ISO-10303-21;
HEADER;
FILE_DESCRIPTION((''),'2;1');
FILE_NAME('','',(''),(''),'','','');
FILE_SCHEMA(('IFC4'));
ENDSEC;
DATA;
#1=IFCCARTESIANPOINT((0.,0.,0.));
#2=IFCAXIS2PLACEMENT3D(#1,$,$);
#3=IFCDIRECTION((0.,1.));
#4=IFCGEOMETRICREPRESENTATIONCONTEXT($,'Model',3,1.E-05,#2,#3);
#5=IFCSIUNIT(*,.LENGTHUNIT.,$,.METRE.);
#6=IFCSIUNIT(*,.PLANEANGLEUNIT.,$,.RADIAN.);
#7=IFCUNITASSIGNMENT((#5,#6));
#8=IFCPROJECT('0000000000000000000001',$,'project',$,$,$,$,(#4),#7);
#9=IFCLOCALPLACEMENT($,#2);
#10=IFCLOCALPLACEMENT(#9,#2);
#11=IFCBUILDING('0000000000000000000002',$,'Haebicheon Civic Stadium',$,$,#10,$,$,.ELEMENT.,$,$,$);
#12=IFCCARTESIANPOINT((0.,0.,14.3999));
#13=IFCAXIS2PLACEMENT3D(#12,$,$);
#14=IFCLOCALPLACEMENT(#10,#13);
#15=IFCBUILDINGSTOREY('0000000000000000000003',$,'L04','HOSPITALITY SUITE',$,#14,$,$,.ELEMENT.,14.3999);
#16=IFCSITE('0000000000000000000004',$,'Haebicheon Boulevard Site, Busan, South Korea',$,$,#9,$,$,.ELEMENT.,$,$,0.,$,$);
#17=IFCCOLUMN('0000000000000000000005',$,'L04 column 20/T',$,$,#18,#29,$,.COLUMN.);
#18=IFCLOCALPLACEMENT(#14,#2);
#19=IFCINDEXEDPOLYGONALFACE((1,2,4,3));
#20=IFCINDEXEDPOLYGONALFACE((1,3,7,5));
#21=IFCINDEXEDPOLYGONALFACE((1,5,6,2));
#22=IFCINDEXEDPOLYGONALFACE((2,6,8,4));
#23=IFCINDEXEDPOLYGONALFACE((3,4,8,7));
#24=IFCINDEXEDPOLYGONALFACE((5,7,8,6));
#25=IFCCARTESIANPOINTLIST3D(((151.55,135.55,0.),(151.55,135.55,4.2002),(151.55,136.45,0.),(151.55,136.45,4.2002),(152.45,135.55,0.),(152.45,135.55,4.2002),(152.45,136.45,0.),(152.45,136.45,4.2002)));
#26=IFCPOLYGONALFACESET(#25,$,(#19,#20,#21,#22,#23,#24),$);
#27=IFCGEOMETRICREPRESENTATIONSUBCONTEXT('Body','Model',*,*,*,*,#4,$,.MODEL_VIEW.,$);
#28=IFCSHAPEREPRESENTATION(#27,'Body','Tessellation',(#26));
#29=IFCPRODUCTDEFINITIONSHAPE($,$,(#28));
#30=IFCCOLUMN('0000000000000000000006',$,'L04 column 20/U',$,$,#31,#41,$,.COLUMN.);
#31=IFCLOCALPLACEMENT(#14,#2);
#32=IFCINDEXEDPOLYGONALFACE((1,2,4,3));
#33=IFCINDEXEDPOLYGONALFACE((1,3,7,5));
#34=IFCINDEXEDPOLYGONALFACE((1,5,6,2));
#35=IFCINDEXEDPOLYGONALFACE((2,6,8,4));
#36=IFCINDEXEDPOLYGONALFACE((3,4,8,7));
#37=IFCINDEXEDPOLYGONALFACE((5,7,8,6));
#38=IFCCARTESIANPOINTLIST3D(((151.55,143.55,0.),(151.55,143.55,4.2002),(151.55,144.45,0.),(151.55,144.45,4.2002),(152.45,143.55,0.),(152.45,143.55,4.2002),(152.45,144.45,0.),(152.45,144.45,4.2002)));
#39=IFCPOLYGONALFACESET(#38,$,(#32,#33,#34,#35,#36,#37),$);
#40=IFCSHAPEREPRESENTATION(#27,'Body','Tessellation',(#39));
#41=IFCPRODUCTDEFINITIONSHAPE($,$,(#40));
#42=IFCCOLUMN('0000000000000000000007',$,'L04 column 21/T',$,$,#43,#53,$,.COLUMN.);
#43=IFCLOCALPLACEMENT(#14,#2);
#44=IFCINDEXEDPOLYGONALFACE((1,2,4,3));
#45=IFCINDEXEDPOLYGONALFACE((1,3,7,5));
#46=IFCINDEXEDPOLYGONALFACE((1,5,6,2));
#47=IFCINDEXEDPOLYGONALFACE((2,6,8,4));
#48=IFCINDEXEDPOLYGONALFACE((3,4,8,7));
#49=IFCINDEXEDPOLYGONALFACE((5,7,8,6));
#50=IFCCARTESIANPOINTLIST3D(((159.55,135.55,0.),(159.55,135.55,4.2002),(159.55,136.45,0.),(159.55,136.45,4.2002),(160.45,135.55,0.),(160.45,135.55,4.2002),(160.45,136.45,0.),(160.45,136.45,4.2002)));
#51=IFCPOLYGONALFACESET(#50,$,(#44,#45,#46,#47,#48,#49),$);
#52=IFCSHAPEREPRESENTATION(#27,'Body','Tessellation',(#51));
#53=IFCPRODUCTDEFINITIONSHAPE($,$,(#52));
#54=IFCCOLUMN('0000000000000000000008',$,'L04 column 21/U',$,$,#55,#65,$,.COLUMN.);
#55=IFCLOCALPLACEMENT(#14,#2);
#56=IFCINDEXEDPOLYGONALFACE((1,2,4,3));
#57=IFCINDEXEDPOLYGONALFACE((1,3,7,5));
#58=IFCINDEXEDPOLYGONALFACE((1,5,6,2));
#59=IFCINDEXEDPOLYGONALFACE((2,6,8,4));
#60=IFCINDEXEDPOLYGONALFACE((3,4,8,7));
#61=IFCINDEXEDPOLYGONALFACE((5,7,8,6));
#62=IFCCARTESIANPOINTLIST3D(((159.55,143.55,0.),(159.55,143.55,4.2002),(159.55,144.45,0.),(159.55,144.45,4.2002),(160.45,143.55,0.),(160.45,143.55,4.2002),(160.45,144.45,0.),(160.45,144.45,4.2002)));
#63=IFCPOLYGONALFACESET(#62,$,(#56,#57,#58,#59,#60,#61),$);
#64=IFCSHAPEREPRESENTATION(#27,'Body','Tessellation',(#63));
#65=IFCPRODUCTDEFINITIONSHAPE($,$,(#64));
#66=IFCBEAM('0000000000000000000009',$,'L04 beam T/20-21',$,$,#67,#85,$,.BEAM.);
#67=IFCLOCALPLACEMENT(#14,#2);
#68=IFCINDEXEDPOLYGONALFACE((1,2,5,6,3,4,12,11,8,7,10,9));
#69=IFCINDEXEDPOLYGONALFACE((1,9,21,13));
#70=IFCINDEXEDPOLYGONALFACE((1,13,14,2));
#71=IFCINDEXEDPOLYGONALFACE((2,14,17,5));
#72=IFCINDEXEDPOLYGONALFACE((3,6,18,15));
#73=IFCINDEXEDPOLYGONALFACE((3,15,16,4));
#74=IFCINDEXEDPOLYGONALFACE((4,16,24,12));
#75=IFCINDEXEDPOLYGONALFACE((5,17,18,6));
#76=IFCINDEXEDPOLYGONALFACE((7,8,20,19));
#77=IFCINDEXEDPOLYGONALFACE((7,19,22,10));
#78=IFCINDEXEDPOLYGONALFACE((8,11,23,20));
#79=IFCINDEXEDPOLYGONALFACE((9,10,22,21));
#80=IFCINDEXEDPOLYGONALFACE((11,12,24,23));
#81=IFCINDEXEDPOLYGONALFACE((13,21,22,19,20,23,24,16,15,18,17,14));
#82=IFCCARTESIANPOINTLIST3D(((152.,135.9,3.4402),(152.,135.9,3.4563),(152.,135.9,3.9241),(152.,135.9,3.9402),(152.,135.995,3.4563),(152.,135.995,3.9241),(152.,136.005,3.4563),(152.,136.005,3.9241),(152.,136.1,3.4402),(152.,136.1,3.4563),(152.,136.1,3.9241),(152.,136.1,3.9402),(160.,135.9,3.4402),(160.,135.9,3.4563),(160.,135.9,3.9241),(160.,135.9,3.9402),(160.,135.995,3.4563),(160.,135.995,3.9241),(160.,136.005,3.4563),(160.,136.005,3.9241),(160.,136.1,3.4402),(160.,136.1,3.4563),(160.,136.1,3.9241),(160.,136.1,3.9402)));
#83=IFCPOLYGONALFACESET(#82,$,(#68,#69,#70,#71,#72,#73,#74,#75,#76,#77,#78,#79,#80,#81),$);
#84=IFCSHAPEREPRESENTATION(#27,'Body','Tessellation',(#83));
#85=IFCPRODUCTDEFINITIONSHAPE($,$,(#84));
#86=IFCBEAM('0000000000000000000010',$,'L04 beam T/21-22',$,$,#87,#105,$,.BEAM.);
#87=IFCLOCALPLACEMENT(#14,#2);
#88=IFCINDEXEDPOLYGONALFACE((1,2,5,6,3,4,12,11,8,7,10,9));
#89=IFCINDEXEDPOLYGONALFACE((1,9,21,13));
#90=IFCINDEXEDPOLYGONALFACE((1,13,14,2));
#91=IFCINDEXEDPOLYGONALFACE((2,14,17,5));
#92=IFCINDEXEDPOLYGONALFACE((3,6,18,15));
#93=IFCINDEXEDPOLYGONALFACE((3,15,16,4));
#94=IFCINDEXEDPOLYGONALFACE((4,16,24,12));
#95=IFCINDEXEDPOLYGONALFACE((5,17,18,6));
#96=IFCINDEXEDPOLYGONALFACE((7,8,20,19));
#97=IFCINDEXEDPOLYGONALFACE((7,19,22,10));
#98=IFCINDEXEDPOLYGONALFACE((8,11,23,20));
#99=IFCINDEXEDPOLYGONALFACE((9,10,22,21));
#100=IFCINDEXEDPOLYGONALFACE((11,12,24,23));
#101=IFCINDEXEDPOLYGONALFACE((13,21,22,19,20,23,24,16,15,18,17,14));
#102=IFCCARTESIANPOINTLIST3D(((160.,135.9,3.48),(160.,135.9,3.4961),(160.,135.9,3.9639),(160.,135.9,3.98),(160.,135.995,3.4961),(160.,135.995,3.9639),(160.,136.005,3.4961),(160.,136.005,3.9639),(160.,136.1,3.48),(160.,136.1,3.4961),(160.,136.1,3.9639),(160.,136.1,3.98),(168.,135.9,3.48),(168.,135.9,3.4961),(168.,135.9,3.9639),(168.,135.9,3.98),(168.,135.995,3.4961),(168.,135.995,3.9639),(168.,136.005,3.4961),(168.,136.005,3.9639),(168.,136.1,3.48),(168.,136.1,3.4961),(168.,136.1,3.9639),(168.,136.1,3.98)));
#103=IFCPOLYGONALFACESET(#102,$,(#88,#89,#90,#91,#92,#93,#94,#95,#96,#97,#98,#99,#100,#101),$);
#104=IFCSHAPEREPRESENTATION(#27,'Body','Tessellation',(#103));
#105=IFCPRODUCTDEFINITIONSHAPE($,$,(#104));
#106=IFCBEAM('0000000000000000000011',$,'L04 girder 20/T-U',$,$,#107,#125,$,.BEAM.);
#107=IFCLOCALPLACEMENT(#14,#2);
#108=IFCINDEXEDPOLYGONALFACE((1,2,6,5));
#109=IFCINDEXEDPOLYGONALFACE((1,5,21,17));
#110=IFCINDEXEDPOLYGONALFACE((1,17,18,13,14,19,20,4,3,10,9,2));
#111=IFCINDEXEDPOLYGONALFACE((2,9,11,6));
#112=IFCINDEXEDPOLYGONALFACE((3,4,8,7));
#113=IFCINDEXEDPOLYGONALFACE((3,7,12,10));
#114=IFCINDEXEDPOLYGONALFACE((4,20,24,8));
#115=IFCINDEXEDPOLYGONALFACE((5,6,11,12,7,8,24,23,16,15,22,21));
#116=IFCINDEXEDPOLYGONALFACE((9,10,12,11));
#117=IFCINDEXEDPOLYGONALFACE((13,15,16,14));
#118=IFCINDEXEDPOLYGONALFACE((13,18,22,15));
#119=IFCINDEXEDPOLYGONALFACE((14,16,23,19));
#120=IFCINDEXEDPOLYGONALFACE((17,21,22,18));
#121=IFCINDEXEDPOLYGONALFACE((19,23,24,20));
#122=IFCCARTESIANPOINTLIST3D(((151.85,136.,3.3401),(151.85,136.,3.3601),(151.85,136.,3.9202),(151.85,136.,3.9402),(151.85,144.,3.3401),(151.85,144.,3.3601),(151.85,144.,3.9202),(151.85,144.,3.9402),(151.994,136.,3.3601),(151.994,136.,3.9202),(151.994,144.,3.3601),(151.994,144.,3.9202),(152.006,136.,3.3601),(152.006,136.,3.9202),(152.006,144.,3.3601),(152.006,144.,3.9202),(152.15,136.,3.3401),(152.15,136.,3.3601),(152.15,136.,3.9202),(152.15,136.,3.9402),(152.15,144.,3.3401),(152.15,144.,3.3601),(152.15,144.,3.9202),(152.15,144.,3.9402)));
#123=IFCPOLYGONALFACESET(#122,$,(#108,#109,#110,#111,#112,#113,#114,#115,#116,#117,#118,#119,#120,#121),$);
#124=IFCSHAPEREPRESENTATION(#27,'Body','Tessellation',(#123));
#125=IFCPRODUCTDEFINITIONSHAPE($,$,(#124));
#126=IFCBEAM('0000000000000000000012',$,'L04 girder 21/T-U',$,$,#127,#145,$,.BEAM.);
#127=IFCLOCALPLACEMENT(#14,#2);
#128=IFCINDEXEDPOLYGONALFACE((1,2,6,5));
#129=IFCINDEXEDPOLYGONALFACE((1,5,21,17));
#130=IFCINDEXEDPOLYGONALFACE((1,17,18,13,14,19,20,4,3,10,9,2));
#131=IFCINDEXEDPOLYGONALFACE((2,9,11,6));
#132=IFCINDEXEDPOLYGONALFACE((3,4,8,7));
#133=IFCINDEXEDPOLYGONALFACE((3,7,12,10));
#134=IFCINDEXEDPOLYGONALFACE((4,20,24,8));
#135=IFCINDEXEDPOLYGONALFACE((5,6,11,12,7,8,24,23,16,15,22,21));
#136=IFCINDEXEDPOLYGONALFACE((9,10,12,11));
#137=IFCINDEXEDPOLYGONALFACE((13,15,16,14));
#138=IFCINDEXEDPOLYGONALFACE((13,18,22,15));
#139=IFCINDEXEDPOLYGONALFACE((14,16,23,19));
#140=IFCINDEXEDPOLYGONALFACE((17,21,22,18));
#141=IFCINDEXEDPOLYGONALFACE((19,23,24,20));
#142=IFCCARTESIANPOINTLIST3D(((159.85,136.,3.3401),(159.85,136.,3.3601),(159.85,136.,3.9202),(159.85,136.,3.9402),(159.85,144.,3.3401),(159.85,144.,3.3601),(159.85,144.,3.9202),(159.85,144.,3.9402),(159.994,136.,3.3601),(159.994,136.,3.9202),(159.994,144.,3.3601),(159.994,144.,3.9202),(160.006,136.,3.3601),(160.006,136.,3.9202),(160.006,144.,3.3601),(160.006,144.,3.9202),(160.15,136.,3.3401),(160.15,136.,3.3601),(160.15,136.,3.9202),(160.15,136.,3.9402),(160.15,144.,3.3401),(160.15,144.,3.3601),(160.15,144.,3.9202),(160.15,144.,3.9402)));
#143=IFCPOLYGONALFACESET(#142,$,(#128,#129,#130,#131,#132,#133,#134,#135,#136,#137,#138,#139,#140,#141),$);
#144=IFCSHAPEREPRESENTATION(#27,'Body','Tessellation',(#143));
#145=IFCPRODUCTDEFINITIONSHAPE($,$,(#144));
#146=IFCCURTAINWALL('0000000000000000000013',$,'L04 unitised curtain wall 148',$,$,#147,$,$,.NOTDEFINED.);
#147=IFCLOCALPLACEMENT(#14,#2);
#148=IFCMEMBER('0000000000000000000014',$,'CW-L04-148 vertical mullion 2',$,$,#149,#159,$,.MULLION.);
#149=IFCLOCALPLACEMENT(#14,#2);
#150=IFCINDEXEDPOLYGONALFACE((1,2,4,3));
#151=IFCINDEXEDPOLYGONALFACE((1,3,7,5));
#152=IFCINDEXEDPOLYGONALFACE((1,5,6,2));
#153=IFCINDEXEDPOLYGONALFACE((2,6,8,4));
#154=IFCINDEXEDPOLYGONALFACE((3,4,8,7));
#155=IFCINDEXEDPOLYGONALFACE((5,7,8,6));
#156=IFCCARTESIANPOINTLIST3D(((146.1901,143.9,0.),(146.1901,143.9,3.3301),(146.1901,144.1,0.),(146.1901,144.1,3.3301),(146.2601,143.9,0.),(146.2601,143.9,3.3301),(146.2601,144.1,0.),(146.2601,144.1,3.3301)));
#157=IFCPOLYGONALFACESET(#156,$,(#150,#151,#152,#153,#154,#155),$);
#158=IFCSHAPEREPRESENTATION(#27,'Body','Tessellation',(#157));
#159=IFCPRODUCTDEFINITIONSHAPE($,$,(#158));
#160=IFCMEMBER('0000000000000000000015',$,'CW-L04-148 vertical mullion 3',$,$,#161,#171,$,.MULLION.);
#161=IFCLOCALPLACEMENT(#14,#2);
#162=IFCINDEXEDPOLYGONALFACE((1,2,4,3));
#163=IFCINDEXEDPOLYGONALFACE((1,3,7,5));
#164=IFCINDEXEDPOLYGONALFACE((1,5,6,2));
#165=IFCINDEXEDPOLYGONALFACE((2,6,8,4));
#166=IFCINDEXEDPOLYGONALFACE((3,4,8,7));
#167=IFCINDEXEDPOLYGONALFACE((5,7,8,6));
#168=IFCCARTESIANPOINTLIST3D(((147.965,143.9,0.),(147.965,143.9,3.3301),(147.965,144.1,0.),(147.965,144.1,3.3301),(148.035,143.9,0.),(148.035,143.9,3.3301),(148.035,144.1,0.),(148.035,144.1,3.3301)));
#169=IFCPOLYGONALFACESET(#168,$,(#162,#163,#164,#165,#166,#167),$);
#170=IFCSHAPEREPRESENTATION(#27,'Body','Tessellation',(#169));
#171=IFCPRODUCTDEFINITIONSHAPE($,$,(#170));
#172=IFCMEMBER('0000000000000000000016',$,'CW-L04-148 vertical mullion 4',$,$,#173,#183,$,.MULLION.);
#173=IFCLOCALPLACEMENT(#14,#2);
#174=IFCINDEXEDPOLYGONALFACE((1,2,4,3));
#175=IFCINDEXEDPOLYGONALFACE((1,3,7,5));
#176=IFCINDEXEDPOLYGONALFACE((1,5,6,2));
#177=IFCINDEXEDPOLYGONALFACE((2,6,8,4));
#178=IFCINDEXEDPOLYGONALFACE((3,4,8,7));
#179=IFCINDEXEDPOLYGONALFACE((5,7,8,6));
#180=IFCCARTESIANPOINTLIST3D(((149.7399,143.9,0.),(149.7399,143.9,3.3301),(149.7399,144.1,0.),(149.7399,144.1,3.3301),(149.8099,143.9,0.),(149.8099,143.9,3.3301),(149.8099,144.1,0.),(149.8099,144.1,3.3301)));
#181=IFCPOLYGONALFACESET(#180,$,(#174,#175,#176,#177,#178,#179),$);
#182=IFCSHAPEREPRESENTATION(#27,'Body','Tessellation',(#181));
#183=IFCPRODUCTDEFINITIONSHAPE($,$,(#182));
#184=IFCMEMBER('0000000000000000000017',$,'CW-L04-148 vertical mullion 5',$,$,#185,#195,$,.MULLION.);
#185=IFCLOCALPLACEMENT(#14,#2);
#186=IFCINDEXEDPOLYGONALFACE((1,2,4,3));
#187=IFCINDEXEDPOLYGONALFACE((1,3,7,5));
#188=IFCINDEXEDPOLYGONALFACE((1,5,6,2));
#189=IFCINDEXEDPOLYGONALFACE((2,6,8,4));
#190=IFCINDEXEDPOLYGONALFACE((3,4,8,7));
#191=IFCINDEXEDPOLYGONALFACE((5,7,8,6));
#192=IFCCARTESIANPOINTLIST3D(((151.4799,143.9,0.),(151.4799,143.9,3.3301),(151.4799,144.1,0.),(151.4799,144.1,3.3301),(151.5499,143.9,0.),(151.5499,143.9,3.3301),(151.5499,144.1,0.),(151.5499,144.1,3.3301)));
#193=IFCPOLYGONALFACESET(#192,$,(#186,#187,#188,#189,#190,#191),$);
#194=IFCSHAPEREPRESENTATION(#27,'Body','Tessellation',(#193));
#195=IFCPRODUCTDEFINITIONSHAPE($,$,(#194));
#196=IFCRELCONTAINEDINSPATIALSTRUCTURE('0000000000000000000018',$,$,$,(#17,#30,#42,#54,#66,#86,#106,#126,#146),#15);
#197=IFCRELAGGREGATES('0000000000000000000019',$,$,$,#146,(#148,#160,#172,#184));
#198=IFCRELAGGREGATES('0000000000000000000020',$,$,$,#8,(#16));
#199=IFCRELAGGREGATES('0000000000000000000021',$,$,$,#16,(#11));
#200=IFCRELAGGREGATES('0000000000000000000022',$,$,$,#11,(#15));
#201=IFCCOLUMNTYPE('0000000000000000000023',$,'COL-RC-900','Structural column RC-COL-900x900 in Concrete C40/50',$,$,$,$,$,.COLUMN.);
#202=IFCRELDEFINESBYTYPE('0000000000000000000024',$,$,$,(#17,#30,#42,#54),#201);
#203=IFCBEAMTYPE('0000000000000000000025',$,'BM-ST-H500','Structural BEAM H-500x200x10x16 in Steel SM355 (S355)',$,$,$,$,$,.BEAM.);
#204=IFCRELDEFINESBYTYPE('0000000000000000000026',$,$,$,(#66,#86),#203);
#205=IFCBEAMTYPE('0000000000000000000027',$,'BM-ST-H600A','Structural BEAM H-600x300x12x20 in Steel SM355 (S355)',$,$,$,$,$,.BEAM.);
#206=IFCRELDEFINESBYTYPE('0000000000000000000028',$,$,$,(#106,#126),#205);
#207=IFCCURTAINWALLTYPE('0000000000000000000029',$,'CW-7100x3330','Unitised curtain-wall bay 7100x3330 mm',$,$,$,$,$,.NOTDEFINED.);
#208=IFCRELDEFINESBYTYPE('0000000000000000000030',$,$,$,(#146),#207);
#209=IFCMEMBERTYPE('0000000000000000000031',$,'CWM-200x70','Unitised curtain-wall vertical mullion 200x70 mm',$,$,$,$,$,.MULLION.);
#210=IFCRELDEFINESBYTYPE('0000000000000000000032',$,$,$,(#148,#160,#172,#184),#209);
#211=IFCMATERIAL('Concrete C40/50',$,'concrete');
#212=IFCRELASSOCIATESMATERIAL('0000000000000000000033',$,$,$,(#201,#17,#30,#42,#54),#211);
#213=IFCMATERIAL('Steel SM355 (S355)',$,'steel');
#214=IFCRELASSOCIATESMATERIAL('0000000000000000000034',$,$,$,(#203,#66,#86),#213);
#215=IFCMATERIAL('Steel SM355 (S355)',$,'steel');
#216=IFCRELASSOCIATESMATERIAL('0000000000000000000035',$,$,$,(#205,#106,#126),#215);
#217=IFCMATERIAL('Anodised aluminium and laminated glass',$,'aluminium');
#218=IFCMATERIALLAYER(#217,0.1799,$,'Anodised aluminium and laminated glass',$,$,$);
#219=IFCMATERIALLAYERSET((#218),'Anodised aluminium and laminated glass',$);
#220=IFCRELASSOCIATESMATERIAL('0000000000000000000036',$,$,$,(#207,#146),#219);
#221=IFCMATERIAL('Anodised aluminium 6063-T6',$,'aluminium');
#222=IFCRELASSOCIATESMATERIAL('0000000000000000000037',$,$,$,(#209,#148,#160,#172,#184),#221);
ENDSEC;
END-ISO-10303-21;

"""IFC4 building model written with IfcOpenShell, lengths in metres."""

from ifc_helpers import new_model, si_unit, direction, frame, origin, origin_2d, place, context, subcontext, project, spatial, rectangle, i_section, extrude, material, layer, layer_set, material_profile, profile_set, type_object, element, aggregate, save


model = new_model("IFC4")

# Units and contexts
model_context = context("Model", 3, precision=1e-05, world=origin(), true_north=direction((0.0, 1.0)))
body_context = subcontext(model_context, "Body", "Model", "MODEL_VIEW")
ifc_project = project(units=[si_unit("LENGTHUNIT", "METRE"), si_unit("PLANEANGLEUNIT", "RADIAN")], contexts=[model_context])

# Site, building, storey
site_placement = place(None, origin())
site = spatial("IfcSite", under=ifc_project, at=site_placement, Name="Haebicheon Boulevard Site, Busan, South Korea", CompositionType="ELEMENT", RefElevation=0.0)
building_placement = place(site_placement, origin())
building = spatial("IfcBuilding", under=site, at=building_placement, Name="Haebicheon Civic Stadium", CompositionType="ELEMENT")
storey_placement = place(building_placement, frame((0.0, 0.0, 14.3999)))
storey = spatial("IfcBuildingStorey", under=building, at=storey_placement, Name="L04", Description="HOSPITALITY SUITE", CompositionType="ELEMENT", Elevation=14.3999)

# Columns
ifc_material_1 = material(Name="Concrete C40/50", Category="concrete")
ifc_material_profile_1 = material_profile(ifc_material_1, rectangle(XDim=0.8999, YDim=0.8999, at=origin_2d()), Name="RC-COL-900x900")
ifc_profile_set_1 = profile_set([ifc_material_profile_1], Name="Concrete C40/50")
column_type = type_object("IfcColumnType", Name="COL-RC-900", Description="Structural column RC-COL-900x900 in Concrete C40/50", PredefinedType="COLUMN", material=ifc_profile_set_1)
for number, where, z_axis, x_axis, name in (
    (1, (152.0, 136.0, 0.0), (0.0, 0.0, 1.0), (1.0, 0.0, 0.0), "L04 column 20/T"),
    (2, (152.0, 144.0, 0.0), (0.0, 0.0, 1.0), (1.0, 0.0, 0.0), "L04 column 20/U"),
    (3, (160.0, 136.0, 0.0), (0.0, 0.0, 1.0), (1.0, 0.0, 0.0), "L04 column 21/T"),
    (4, (160.0, 144.0, 0.0), (0.0, 0.0, 1.0), (1.0, 0.0, 0.0), "L04 column 21/U"),
):
    element("IfcColumn", number, at=place(storey_placement, frame(where, z_axis=z_axis, x_axis=x_axis)), inside=storey, type_object=column_type, material=ifc_profile_set_1, Name=name, PredefinedType="COLUMN", context=body_context, shape_type="SweptSolid", body=[
        extrude(rectangle(XDim=0.8999, YDim=0.8999, at=origin_2d()), origin(), (0.0, 0.0, 1.0), 4.2002),
    ])

# Beams
ifc_material_2 = material(Name="Steel SM355 (S355)", Category="steel")
ifc_material_profile_2 = material_profile(ifc_material_2, i_section(OverallWidth=0.2, OverallDepth=0.5, WebThickness=0.01, FlangeThickness=0.0161, at=origin_2d()), Name="H-500x200x10x16")
ifc_profile_set_2 = profile_set([ifc_material_profile_2], Name="Steel SM355 (S355)")
beam_type_1 = type_object("IfcBeamType", Name="BM-ST-H500", Description="Structural BEAM H-500x200x10x16 in Steel SM355 (S355)", PredefinedType="BEAM", material=ifc_profile_set_2)
for number, where, z_axis, x_axis, name in (
    (5, (152.0, 136.0, 3.6902), (1.0, 0.0, 0.0), (0.0, 1.0, 0.0), "L04 beam T/20-21"),
    (6, (160.0, 136.0, 3.73), (1.0, 0.0, 0.0), (0.0, 1.0, 0.0), "L04 beam T/21-22"),
):
    element("IfcBeam", number, at=place(storey_placement, frame(where, z_axis=z_axis, x_axis=x_axis)), inside=storey, type_object=beam_type_1, material=ifc_profile_set_2, Name=name, PredefinedType="BEAM", context=body_context, shape_type="SweptSolid", body=[
        extrude(i_section(OverallWidth=0.2, OverallDepth=0.5, WebThickness=0.01, FlangeThickness=0.0161, at=origin_2d()), origin(), (0.0, 0.0, 1.0), 8.0),
    ])
ifc_material_3 = material(Name="Steel SM355 (S355)", Category="steel")
ifc_material_profile_3 = material_profile(ifc_material_3, i_section(OverallWidth=0.3, OverallDepth=0.6001, WebThickness=0.012, FlangeThickness=0.02, at=origin_2d()), Name="H-600x300x12x20")
ifc_profile_set_3 = profile_set([ifc_material_profile_3], Name="Steel SM355 (S355)")
beam_type_2 = type_object("IfcBeamType", Name="BM-ST-H600A", Description="Structural BEAM H-600x300x12x20 in Steel SM355 (S355)", PredefinedType="BEAM", material=ifc_profile_set_3)
for number, where, z_axis, x_axis, name in (
    (7, (152.0, 136.0, 3.6401), (0.0, 1.0, 0.0), (-1.0, 0.0, 0.0), "L04 girder 20/T-U"),
    (8, (160.0, 136.0, 3.6401), (0.0, 1.0, 0.0), (-1.0, 0.0, 0.0), "L04 girder 21/T-U"),
):
    element("IfcBeam", number, at=place(storey_placement, frame(where, z_axis=z_axis, x_axis=x_axis)), inside=storey, type_object=beam_type_2, material=ifc_profile_set_3, Name=name, PredefinedType="BEAM", context=body_context, shape_type="SweptSolid", body=[
        extrude(i_section(OverallWidth=0.3, OverallDepth=0.6001, WebThickness=0.012, FlangeThickness=0.02, at=origin_2d()), origin(), (0.0, 0.0, 1.0), 8.0),
    ])

# Curtain wall, members
ifc_material_4 = material(Name="Anodised aluminium and laminated glass", Category="aluminium")
ifc_layer_1 = layer(ifc_material_4, 0.1799, Name="Anodised aluminium and laminated glass")
ifc_layer_set_1 = layer_set([ifc_layer_1], Name="Anodised aluminium and laminated glass")
curtain_wall_type = type_object("IfcCurtainWallType", Name="CW-7100x3330", Description="Unitised curtain-wall bay 7100x3330 mm", PredefinedType="NOTDEFINED", material=ifc_layer_set_1)
curtain_wall_placement = place(storey_placement, origin())
curtain_wall = element("IfcCurtainWall", 9, at=curtain_wall_placement, inside=storey, type_object=curtain_wall_type, material=ifc_layer_set_1, Name="L04 unitised curtain wall 148", PredefinedType="NOTDEFINED")
ifc_material_5 = material(Name="Anodised aluminium 6063-T6", Category="aluminium")
ifc_material_profile_4 = material_profile(ifc_material_5, rectangle(XDim=0.0701, YDim=0.2, at=origin_2d()), Name="ALU-MULL-70x200")
ifc_profile_set_4 = profile_set([ifc_material_profile_4], Name="Anodised aluminium 6063-T6")
member_type_1 = type_object("IfcMemberType", Name="CWM-200x70", Description="Unitised curtain-wall vertical mullion 200x70 mm", PredefinedType="MULLION", material=ifc_profile_set_4)
member_1_placement = place(storey_placement, frame((146.2251, 144.0, 0.0), z_axis=(0.0, 0.0, 1.0), x_axis=(1.0, 0.0, 0.0)))
member_1 = element("IfcMember", 10, at=member_1_placement, type_object=member_type_1, material=ifc_profile_set_4, Name="CW-L04-148 vertical mullion 2", PredefinedType="MULLION", context=body_context, shape_type="SweptSolid", body=[
    extrude(rectangle(XDim=0.0701, YDim=0.2, at=origin_2d()), origin(), (0.0, 0.0, 1.0), 3.3301),
])
member_2_placement = place(storey_placement, frame((148.0, 144.0, 0.0), z_axis=(0.0, 0.0, 1.0), x_axis=(1.0, 0.0, 0.0)))
member_2 = element("IfcMember", 11, at=member_2_placement, type_object=member_type_1, material=ifc_profile_set_4, Name="CW-L04-148 vertical mullion 3", PredefinedType="MULLION", context=body_context, shape_type="SweptSolid", body=[
    extrude(rectangle(XDim=0.0701, YDim=0.2, at=origin_2d()), origin(), (0.0, 0.0, 1.0), 3.3301),
])
member_3_placement = place(storey_placement, frame((149.7749, 144.0, 0.0), z_axis=(0.0, 0.0, 1.0), x_axis=(1.0, 0.0, 0.0)))
member_3 = element("IfcMember", 12, at=member_3_placement, type_object=member_type_1, material=ifc_profile_set_4, Name="CW-L04-148 vertical mullion 4", PredefinedType="MULLION", context=body_context, shape_type="SweptSolid", body=[
    extrude(rectangle(XDim=0.0701, YDim=0.2, at=origin_2d()), origin(), (0.0, 0.0, 1.0), 3.3301),
])
member_4_placement = place(storey_placement, frame((151.5149, 144.0, 0.0), z_axis=(0.0, 0.0, 1.0), x_axis=(1.0, 0.0, 0.0)))
member_4 = element("IfcMember", 13, at=member_4_placement, type_object=member_type_1, material=ifc_profile_set_4, Name="CW-L04-148 vertical mullion 5", PredefinedType="MULLION", context=body_context, shape_type="SweptSolid", body=[
    extrude(rectangle(XDim=0.0701, YDim=0.2, at=origin_2d()), origin(), (0.0, 0.0, 1.0), 3.3301),
])

aggregate(curtain_wall, [member_1, member_2, member_3, member_4])

save(model, "model.ifc")
